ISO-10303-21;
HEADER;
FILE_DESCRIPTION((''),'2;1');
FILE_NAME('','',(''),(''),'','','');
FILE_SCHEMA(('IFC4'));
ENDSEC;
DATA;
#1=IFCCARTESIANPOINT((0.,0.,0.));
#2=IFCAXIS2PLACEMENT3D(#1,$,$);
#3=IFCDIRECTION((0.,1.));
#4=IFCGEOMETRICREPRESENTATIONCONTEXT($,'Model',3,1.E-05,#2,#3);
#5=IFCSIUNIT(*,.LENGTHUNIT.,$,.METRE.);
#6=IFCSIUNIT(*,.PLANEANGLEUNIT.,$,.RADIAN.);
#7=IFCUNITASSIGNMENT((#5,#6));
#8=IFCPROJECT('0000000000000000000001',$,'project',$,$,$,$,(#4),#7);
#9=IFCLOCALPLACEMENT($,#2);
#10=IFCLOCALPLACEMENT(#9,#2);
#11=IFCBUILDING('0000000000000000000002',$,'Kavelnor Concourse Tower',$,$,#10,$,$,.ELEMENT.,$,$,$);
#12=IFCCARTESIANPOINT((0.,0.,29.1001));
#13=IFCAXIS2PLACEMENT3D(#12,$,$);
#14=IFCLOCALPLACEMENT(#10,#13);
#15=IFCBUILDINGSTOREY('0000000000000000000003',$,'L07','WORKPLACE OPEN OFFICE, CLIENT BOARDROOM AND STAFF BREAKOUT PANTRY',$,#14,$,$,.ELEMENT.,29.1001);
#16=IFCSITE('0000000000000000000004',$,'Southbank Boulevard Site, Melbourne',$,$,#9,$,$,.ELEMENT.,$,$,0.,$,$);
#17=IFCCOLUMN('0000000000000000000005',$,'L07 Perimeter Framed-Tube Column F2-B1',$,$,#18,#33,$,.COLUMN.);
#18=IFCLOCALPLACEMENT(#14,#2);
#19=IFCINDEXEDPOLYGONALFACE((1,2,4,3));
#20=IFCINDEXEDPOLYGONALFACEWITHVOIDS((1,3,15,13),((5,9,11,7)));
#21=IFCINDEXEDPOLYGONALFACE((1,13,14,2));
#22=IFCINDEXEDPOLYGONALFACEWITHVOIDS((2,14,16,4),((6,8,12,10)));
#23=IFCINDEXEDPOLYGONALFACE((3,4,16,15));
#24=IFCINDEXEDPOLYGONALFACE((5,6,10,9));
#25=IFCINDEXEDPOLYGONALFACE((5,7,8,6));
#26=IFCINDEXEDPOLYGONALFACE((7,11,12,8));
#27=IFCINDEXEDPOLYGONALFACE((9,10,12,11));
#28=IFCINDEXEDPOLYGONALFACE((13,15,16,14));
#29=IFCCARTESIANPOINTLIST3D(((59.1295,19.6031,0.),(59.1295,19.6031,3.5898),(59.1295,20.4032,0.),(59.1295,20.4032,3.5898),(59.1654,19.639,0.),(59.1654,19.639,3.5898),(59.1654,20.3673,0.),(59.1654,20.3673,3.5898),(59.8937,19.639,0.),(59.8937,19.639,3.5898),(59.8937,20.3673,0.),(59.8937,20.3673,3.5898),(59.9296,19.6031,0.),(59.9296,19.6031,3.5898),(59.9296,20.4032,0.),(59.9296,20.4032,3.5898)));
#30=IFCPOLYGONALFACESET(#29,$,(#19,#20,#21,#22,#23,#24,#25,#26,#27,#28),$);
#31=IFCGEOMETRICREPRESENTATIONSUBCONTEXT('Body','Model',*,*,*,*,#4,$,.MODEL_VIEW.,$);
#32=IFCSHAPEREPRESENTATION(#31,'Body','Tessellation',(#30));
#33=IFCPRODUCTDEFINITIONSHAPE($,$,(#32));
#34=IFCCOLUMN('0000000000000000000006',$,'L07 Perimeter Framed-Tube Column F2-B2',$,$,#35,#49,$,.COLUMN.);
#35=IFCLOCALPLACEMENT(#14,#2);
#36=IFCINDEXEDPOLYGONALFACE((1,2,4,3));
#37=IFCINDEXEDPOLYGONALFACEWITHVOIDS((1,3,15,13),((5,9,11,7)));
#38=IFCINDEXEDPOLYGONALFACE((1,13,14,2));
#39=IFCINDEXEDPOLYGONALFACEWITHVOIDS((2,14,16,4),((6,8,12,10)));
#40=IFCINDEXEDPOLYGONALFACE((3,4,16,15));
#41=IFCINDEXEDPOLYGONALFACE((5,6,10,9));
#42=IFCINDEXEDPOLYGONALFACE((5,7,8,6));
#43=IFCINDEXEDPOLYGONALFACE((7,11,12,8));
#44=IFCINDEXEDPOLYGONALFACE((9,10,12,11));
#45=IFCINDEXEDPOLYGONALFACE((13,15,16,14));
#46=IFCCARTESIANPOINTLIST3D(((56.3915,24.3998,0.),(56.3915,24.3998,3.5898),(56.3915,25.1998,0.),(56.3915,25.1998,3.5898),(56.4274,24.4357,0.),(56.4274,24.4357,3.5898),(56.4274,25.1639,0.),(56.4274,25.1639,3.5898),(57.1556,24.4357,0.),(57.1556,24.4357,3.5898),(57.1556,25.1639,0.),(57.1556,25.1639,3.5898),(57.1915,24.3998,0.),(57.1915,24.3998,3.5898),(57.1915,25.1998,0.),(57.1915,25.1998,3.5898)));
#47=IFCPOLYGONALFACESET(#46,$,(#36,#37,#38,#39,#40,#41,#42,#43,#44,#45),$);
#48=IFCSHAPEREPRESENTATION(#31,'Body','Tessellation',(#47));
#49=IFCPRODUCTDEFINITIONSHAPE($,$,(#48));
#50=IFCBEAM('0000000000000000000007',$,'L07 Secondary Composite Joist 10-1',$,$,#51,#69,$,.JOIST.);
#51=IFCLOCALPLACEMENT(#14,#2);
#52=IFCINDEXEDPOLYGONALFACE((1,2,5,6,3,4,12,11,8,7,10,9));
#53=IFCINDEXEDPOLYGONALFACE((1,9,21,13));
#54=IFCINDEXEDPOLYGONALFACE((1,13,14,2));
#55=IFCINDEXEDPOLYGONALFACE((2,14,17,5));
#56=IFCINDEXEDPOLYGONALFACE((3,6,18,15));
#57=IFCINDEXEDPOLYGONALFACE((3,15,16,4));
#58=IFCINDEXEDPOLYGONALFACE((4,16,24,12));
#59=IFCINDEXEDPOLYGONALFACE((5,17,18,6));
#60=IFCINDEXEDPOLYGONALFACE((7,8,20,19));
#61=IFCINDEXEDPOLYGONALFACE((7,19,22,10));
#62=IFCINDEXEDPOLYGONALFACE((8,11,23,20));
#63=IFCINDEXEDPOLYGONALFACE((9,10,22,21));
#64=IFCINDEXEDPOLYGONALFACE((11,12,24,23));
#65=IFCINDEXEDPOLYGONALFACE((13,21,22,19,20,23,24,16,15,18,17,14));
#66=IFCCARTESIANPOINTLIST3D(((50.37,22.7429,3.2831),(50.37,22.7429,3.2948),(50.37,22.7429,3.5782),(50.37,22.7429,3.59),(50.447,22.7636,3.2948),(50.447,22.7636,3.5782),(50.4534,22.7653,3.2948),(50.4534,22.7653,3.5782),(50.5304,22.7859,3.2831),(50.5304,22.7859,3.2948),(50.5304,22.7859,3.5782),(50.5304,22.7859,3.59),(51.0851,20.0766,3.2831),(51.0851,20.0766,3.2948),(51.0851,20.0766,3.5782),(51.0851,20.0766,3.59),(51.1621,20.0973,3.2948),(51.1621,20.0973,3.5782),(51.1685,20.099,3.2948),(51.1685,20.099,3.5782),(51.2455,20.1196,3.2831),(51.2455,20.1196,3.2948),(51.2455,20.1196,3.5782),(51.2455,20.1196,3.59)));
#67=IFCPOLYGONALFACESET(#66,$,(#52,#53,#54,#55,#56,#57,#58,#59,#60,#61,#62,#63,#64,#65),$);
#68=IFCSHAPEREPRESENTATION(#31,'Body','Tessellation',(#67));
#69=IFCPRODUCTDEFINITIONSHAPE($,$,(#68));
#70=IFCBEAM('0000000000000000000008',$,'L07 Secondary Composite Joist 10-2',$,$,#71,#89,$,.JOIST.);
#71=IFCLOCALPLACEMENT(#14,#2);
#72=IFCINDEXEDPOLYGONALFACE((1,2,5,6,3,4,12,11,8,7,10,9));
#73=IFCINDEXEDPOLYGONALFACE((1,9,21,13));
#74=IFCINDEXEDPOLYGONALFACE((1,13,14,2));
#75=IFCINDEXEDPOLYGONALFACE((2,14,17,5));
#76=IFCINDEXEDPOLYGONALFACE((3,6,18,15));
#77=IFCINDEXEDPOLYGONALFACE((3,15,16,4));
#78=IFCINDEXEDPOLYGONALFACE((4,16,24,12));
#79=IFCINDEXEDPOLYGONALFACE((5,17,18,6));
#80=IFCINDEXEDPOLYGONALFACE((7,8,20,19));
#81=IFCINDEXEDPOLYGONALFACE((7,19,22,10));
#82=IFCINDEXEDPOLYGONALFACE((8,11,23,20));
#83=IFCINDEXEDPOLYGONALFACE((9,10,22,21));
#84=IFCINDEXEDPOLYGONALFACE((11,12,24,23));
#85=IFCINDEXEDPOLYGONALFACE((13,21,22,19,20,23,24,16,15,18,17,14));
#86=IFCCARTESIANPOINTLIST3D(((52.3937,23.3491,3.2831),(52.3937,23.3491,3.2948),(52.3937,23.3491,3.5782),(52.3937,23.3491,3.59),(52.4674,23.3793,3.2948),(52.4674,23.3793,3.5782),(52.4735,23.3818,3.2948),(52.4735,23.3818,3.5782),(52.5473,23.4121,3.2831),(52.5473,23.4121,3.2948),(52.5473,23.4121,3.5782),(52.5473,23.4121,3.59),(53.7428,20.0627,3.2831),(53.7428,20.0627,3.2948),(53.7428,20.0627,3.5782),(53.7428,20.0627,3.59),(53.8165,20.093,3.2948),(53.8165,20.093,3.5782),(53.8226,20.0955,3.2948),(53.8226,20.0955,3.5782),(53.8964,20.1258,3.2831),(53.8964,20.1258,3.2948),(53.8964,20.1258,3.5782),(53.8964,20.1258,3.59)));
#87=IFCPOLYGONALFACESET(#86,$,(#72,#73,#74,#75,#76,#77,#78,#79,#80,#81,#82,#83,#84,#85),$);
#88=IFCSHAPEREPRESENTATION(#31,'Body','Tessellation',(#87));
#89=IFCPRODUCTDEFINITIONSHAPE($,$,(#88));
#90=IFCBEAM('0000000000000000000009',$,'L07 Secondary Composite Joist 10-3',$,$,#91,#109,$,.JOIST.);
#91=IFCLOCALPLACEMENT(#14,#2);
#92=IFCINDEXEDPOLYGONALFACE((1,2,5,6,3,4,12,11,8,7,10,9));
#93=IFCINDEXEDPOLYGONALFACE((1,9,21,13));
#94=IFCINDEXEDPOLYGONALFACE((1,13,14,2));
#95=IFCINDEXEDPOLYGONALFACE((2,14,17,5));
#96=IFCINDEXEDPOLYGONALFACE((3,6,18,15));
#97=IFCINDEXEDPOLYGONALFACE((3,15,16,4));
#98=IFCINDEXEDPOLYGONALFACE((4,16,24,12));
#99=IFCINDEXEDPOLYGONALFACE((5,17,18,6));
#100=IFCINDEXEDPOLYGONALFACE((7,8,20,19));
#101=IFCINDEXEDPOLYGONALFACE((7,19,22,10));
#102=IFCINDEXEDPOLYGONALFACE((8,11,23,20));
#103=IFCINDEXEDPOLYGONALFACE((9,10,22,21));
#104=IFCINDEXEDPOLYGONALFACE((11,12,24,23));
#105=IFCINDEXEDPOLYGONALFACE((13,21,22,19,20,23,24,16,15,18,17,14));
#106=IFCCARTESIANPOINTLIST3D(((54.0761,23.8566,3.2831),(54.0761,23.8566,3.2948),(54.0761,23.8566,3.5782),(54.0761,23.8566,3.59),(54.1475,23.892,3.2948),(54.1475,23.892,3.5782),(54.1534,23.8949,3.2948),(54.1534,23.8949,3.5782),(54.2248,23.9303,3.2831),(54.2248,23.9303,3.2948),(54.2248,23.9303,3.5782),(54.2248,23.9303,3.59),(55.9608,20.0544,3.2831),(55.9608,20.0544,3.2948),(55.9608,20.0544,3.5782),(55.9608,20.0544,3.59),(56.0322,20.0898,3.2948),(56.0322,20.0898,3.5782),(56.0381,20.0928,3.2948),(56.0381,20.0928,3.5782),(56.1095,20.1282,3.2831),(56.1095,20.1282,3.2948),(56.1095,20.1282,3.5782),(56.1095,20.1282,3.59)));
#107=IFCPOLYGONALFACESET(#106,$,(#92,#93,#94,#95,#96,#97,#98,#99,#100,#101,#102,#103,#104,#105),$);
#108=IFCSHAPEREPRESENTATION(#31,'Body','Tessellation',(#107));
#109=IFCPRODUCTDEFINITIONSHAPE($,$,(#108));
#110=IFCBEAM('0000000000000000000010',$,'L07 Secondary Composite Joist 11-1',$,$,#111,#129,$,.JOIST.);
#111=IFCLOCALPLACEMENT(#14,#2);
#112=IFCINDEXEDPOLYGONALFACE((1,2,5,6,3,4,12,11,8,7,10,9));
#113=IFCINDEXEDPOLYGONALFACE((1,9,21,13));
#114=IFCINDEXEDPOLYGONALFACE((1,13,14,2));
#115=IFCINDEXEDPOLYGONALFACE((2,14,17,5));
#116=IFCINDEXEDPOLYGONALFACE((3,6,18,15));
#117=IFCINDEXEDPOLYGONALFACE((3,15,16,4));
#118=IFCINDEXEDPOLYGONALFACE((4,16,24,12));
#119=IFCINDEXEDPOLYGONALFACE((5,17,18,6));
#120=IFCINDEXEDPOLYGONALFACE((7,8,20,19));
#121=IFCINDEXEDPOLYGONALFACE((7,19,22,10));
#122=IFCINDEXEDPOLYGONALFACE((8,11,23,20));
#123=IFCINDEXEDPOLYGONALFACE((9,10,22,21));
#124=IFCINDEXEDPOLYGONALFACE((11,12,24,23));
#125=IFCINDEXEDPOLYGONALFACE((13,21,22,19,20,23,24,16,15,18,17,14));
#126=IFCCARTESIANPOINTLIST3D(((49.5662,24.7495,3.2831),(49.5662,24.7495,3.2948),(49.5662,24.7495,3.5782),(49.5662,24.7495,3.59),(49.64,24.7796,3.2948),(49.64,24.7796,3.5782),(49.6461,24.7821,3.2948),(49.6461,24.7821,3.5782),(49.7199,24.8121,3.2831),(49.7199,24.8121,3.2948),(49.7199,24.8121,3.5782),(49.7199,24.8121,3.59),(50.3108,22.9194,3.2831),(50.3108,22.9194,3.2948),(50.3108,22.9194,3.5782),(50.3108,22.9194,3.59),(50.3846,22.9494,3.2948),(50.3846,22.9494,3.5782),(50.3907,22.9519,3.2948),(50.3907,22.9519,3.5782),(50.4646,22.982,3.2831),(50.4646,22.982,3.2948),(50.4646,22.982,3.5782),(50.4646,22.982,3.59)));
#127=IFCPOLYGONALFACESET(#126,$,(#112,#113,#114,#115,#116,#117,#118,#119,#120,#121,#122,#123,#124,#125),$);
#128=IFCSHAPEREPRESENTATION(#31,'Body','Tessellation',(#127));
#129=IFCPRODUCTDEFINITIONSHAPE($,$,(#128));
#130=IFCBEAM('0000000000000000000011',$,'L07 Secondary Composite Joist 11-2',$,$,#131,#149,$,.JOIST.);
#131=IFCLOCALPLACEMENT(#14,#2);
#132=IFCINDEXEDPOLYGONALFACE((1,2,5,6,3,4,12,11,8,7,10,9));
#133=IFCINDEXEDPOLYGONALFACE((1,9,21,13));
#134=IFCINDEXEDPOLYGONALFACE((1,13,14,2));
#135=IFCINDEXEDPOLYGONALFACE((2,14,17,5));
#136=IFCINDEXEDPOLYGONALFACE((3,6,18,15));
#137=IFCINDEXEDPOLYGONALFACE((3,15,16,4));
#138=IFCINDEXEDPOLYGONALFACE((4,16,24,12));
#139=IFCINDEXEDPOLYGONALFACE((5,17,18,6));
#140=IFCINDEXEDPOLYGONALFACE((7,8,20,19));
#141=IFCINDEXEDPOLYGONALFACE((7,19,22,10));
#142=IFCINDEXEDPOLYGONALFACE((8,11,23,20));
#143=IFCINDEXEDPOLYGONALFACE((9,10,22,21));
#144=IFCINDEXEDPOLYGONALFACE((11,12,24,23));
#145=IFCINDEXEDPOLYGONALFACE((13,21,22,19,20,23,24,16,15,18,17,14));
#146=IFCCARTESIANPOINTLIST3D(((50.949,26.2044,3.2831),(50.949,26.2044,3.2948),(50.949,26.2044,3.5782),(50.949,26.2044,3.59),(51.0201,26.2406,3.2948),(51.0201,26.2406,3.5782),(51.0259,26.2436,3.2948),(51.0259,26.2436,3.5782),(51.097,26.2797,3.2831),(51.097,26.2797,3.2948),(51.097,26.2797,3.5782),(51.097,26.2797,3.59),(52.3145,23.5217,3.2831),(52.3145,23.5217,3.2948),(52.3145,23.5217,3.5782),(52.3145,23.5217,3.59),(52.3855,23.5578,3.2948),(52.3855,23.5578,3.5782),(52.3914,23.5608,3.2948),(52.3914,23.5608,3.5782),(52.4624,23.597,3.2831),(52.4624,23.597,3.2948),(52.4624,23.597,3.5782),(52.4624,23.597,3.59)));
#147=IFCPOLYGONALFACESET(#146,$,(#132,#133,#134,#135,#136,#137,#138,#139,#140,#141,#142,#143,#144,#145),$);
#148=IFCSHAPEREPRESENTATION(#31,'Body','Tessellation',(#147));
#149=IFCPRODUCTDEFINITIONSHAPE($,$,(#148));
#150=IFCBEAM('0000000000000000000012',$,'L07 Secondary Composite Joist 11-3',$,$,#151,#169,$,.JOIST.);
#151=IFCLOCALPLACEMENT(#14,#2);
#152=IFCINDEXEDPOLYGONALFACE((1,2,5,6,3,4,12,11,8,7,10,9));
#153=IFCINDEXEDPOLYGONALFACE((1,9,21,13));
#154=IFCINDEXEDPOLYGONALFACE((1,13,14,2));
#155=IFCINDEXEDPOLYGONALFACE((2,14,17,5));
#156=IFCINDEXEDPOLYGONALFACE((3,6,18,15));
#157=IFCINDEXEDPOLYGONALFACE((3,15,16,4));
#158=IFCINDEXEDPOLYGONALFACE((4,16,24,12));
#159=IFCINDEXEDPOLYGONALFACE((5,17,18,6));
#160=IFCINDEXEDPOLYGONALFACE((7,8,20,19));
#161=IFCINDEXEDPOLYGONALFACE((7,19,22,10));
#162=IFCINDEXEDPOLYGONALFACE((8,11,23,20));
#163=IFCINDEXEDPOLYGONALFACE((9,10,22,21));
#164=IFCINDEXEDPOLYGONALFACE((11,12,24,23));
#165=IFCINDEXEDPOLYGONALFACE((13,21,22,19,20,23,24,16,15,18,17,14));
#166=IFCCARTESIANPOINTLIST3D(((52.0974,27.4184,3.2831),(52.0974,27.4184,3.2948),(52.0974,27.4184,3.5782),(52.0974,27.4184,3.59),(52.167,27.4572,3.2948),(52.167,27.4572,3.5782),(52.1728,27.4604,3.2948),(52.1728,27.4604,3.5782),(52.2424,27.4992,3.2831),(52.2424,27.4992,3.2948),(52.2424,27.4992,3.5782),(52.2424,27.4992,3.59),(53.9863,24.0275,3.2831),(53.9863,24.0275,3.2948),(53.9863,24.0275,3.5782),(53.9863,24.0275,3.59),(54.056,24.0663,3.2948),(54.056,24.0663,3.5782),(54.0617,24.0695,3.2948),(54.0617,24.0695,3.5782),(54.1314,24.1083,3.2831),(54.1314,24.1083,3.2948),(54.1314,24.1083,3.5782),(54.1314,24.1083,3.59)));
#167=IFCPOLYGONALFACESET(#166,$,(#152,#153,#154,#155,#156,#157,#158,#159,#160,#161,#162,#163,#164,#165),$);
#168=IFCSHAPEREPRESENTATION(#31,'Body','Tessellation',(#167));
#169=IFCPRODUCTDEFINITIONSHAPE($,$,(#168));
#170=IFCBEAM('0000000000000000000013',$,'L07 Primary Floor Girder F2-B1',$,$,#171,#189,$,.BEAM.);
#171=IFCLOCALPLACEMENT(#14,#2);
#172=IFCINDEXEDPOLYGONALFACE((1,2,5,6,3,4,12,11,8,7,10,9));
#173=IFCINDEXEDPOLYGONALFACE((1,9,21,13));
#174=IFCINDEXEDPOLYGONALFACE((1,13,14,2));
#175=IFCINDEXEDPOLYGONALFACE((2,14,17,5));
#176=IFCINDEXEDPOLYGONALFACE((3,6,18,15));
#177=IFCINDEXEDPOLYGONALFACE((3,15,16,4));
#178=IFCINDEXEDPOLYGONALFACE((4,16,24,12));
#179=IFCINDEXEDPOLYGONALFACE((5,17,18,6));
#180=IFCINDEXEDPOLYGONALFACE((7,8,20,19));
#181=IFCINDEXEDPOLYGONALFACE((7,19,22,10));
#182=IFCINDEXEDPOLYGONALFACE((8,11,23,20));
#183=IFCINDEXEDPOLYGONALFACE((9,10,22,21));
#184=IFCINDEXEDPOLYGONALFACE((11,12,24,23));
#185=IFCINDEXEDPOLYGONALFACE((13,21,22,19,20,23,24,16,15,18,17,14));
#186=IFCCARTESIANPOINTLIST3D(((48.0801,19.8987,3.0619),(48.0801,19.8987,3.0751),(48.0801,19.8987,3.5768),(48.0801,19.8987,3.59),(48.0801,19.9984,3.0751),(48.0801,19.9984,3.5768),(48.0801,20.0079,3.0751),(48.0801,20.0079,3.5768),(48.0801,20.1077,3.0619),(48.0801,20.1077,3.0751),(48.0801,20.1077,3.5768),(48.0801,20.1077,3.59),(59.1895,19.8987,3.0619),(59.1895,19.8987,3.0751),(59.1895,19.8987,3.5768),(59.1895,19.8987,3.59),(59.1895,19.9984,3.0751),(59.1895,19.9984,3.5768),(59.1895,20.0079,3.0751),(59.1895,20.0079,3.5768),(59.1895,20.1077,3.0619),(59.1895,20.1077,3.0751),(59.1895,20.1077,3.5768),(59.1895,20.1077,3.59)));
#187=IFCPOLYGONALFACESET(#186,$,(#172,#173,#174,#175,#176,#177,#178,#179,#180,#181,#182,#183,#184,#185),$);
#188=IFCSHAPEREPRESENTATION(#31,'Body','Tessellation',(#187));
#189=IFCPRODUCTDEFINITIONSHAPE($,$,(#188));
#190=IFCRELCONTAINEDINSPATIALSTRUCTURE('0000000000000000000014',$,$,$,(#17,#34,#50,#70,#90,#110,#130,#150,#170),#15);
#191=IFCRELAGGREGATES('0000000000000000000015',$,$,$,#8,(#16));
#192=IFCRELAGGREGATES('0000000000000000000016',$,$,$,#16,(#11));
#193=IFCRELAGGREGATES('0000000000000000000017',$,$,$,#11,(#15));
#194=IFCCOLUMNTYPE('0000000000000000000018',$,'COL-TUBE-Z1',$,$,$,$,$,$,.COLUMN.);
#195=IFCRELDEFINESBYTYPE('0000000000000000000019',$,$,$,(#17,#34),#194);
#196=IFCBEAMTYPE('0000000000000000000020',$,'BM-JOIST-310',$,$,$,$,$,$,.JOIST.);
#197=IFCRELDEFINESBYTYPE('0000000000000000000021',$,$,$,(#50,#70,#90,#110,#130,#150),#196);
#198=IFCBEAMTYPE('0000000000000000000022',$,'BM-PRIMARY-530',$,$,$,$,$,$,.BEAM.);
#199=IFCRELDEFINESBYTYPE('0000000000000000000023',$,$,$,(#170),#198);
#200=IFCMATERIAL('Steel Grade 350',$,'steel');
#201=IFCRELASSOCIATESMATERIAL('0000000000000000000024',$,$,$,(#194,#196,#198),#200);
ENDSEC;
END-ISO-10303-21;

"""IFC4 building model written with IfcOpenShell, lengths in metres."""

from ifc_helpers import new_model, si_unit, direction, frame, origin, origin_2d, place, context, subcontext, project, spatial, hollow_rectangle, i_section, extrude, material, material_profile, profile_set, type_object, element, save


model = new_model("IFC4")

# Units and contexts
model_context = context("Model", 3, precision=1e-05, world=origin(), true_north=direction((0.0, 1.0)))
body_context = subcontext(model_context, "Body", "Model", "MODEL_VIEW")
ifc_project = project(units=[si_unit("LENGTHUNIT", "METRE"), si_unit("PLANEANGLEUNIT", "RADIAN")], contexts=[model_context])

# Site, building, storey
site_placement = place(None, origin())
site = spatial("IfcSite", under=ifc_project, at=site_placement, Name="Southbank Boulevard Site, Melbourne", CompositionType="ELEMENT", RefElevation=0.0)
building_placement = place(site_placement, origin())
building = spatial("IfcBuilding", under=site, at=building_placement, Name="Kavelnor Concourse Tower", CompositionType="ELEMENT")
storey_placement = place(building_placement, frame((0.0, 0.0, 29.1001)))
storey = spatial("IfcBuildingStorey", under=building, at=storey_placement, Name="L07", Description="WORKPLACE OPEN OFFICE, CLIENT BOARDROOM AND STAFF BREAKOUT PANTRY", CompositionType="ELEMENT", Elevation=29.1001)

# Columns
ifc_material_1 = material(Name="Steel Grade 350", Category="steel")
ifc_material_profile_1 = material_profile(ifc_material_1, hollow_rectangle(XDim=0.8, YDim=0.8, WallThickness=0.0359, at=origin_2d()), Name="SHS 800x800x36")
ifc_profile_set_1 = profile_set([ifc_material_profile_1], Name="Steel Grade 350")
column_type = type_object("IfcColumnType", Name="COL-TUBE-Z1", PredefinedType="COLUMN", material=ifc_profile_set_1)
for number, where, z_axis, x_axis, name in (
    (1, (59.5295, 20.0032, 0.0), (0.0, 0.0, 1.0), (1.0, 0.0, 0.0), "L07 Perimeter Framed-Tube Column F2-B1"),
    (2, (56.7915, 24.7998, 0.0), (0.0, 0.0, 1.0), (1.0, 0.0, 0.0), "L07 Perimeter Framed-Tube Column F2-B2"),
):
    element("IfcColumn", number, at=place(storey_placement, frame(where, z_axis=z_axis, x_axis=x_axis)), inside=storey, type_object=column_type, Name=name, PredefinedType="COLUMN", context=body_context, shape_type="SweptSolid", body=[
        extrude(hollow_rectangle(XDim=0.8, YDim=0.8, WallThickness=0.0359, at=origin_2d()), origin(), (0.0, 0.0, 1.0), 3.5898),
    ])

# Beams
ifc_material_profile_2 = material_profile(ifc_material_1, i_section(OverallWidth=0.166, OverallDepth=0.3069, WebThickness=0.0066, FlangeThickness=0.0117, at=origin_2d()), Name="310UB46")
ifc_profile_set_2 = profile_set([ifc_material_profile_2], Name="Steel Grade 350")
beam_type_1 = type_object("IfcBeamType", Name="BM-JOIST-310", PredefinedType="JOIST", material=ifc_profile_set_2)
beam_1_placement = place(storey_placement, frame((51.1653, 20.0981, 3.4365), z_axis=(-0.259044, 0.965866, 0.0), x_axis=(-0.965866, -0.259044, 0.0)))
element("IfcBeam", 3, at=beam_1_placement, inside=storey, type_object=beam_type_1, Name="L07 Secondary Composite Joist 10-1", PredefinedType="JOIST", context=body_context, shape_type="SweptSolid", body=[
    extrude(i_section(OverallWidth=0.166, OverallDepth=0.3069, WebThickness=0.0066, FlangeThickness=0.0117, at=origin_2d()), origin(), (0.0, 0.0, 1.0), 2.7605),
])
beam_2_placement = place(storey_placement, frame((53.8196, 20.0942, 3.4365), z_axis=(-0.379764, 0.925083, 0.0), x_axis=(-0.925083, -0.379764, 0.0)))
element("IfcBeam", 4, at=beam_2_placement, inside=storey, type_object=beam_type_1, Name="L07 Secondary Composite Joist 10-2", PredefinedType="JOIST", context=body_context, shape_type="SweptSolid", body=[
    extrude(i_section(OverallWidth=0.166, OverallDepth=0.3069, WebThickness=0.0066, FlangeThickness=0.0117, at=origin_2d()), origin(), (0.0, 0.0, 1.0), 3.5525),
])
beam_3_placement = place(storey_placement, frame((56.0352, 20.0913, 3.4365), z_axis=(-0.444127, 0.895964, 0.0), x_axis=(-0.895964, -0.444127, 0.0)))
element("IfcBeam", 5, at=beam_3_placement, inside=storey, type_object=beam_type_1, Name="L07 Secondary Composite Joist 10-3", PredefinedType="JOIST", context=body_context, shape_type="SweptSolid", body=[
    extrude(i_section(OverallWidth=0.166, OverallDepth=0.3069, WebThickness=0.0066, FlangeThickness=0.0117, at=origin_2d()), origin(), (0.0, 0.0, 1.0), 4.2437),
])
beam_4_placement = place(storey_placement, frame((50.3877, 22.9507, 3.4365), z_axis=(-0.376881, 0.926262, 0.0), x_axis=(-0.926262, -0.376881, 0.0)))
element("IfcBeam", 6, at=beam_4_placement, inside=storey, type_object=beam_type_1, Name="L07 Secondary Composite Joist 11-1", PredefinedType="JOIST", context=body_context, shape_type="SweptSolid", body=[
    extrude(i_section(OverallWidth=0.166, OverallDepth=0.3069, WebThickness=0.0066, FlangeThickness=0.0117, at=origin_2d()), origin(), (0.0, 0.0, 1.0), 1.9758),
])
beam_5_placement = place(storey_placement, frame((52.3884, 23.5593, 3.4365), z_axis=(-0.453593, 0.891209, 0.0), x_axis=(-0.891209, -0.453593, 0.0)))
element("IfcBeam", 7, at=beam_5_placement, inside=storey, type_object=beam_type_1, Name="L07 Secondary Composite Joist 11-2", PredefinedType="JOIST", context=body_context, shape_type="SweptSolid", body=[
    extrude(i_section(OverallWidth=0.166, OverallDepth=0.3069, WebThickness=0.0066, FlangeThickness=0.0117, at=origin_2d()), origin(), (0.0, 0.0, 1.0), 3.0103),
])
beam_6_placement = place(storey_placement, frame((54.0588, 24.0679, 3.4365), z_axis=(-0.486647, 0.873599, 0.0), x_axis=(-0.873599, -0.486647, 0.0)))
element("IfcBeam", 8, at=beam_6_placement, inside=storey, type_object=beam_type_1, Name="L07 Secondary Composite Joist 11-3", PredefinedType="JOIST", context=body_context, shape_type="SweptSolid", body=[
    extrude(i_section(OverallWidth=0.166, OverallDepth=0.3069, WebThickness=0.0066, FlangeThickness=0.0117, at=origin_2d()), origin(), (0.0, 0.0, 1.0), 3.8816),
])
ifc_material_profile_3 = material_profile(ifc_material_1, i_section(OverallWidth=0.209, OverallDepth=0.5281, WebThickness=0.0095, FlangeThickness=0.0132, at=origin_2d()), Name="530UB82")
ifc_profile_set_3 = profile_set([ifc_material_profile_3], Name="Steel Grade 350")
beam_type_2 = type_object("IfcBeamType", Name="BM-PRIMARY-530", PredefinedType="BEAM", material=ifc_profile_set_3)
beam_7_placement = place(storey_placement, frame((48.0801, 20.0032, 3.3259), z_axis=(1.0, 0.0, 0.0), x_axis=(0.0, 1.0, 0.0)))
element("IfcBeam", 9, at=beam_7_placement, inside=storey, type_object=beam_type_2, Name="L07 Primary Floor Girder F2-B1", PredefinedType="BEAM", context=body_context, shape_type="SweptSolid", body=[
    extrude(i_section(OverallWidth=0.209, OverallDepth=0.5281, WebThickness=0.0095, FlangeThickness=0.0132, at=origin_2d()), origin(), (0.0, 0.0, 1.0), 11.1094),
])

save(model, "model.ifc")
